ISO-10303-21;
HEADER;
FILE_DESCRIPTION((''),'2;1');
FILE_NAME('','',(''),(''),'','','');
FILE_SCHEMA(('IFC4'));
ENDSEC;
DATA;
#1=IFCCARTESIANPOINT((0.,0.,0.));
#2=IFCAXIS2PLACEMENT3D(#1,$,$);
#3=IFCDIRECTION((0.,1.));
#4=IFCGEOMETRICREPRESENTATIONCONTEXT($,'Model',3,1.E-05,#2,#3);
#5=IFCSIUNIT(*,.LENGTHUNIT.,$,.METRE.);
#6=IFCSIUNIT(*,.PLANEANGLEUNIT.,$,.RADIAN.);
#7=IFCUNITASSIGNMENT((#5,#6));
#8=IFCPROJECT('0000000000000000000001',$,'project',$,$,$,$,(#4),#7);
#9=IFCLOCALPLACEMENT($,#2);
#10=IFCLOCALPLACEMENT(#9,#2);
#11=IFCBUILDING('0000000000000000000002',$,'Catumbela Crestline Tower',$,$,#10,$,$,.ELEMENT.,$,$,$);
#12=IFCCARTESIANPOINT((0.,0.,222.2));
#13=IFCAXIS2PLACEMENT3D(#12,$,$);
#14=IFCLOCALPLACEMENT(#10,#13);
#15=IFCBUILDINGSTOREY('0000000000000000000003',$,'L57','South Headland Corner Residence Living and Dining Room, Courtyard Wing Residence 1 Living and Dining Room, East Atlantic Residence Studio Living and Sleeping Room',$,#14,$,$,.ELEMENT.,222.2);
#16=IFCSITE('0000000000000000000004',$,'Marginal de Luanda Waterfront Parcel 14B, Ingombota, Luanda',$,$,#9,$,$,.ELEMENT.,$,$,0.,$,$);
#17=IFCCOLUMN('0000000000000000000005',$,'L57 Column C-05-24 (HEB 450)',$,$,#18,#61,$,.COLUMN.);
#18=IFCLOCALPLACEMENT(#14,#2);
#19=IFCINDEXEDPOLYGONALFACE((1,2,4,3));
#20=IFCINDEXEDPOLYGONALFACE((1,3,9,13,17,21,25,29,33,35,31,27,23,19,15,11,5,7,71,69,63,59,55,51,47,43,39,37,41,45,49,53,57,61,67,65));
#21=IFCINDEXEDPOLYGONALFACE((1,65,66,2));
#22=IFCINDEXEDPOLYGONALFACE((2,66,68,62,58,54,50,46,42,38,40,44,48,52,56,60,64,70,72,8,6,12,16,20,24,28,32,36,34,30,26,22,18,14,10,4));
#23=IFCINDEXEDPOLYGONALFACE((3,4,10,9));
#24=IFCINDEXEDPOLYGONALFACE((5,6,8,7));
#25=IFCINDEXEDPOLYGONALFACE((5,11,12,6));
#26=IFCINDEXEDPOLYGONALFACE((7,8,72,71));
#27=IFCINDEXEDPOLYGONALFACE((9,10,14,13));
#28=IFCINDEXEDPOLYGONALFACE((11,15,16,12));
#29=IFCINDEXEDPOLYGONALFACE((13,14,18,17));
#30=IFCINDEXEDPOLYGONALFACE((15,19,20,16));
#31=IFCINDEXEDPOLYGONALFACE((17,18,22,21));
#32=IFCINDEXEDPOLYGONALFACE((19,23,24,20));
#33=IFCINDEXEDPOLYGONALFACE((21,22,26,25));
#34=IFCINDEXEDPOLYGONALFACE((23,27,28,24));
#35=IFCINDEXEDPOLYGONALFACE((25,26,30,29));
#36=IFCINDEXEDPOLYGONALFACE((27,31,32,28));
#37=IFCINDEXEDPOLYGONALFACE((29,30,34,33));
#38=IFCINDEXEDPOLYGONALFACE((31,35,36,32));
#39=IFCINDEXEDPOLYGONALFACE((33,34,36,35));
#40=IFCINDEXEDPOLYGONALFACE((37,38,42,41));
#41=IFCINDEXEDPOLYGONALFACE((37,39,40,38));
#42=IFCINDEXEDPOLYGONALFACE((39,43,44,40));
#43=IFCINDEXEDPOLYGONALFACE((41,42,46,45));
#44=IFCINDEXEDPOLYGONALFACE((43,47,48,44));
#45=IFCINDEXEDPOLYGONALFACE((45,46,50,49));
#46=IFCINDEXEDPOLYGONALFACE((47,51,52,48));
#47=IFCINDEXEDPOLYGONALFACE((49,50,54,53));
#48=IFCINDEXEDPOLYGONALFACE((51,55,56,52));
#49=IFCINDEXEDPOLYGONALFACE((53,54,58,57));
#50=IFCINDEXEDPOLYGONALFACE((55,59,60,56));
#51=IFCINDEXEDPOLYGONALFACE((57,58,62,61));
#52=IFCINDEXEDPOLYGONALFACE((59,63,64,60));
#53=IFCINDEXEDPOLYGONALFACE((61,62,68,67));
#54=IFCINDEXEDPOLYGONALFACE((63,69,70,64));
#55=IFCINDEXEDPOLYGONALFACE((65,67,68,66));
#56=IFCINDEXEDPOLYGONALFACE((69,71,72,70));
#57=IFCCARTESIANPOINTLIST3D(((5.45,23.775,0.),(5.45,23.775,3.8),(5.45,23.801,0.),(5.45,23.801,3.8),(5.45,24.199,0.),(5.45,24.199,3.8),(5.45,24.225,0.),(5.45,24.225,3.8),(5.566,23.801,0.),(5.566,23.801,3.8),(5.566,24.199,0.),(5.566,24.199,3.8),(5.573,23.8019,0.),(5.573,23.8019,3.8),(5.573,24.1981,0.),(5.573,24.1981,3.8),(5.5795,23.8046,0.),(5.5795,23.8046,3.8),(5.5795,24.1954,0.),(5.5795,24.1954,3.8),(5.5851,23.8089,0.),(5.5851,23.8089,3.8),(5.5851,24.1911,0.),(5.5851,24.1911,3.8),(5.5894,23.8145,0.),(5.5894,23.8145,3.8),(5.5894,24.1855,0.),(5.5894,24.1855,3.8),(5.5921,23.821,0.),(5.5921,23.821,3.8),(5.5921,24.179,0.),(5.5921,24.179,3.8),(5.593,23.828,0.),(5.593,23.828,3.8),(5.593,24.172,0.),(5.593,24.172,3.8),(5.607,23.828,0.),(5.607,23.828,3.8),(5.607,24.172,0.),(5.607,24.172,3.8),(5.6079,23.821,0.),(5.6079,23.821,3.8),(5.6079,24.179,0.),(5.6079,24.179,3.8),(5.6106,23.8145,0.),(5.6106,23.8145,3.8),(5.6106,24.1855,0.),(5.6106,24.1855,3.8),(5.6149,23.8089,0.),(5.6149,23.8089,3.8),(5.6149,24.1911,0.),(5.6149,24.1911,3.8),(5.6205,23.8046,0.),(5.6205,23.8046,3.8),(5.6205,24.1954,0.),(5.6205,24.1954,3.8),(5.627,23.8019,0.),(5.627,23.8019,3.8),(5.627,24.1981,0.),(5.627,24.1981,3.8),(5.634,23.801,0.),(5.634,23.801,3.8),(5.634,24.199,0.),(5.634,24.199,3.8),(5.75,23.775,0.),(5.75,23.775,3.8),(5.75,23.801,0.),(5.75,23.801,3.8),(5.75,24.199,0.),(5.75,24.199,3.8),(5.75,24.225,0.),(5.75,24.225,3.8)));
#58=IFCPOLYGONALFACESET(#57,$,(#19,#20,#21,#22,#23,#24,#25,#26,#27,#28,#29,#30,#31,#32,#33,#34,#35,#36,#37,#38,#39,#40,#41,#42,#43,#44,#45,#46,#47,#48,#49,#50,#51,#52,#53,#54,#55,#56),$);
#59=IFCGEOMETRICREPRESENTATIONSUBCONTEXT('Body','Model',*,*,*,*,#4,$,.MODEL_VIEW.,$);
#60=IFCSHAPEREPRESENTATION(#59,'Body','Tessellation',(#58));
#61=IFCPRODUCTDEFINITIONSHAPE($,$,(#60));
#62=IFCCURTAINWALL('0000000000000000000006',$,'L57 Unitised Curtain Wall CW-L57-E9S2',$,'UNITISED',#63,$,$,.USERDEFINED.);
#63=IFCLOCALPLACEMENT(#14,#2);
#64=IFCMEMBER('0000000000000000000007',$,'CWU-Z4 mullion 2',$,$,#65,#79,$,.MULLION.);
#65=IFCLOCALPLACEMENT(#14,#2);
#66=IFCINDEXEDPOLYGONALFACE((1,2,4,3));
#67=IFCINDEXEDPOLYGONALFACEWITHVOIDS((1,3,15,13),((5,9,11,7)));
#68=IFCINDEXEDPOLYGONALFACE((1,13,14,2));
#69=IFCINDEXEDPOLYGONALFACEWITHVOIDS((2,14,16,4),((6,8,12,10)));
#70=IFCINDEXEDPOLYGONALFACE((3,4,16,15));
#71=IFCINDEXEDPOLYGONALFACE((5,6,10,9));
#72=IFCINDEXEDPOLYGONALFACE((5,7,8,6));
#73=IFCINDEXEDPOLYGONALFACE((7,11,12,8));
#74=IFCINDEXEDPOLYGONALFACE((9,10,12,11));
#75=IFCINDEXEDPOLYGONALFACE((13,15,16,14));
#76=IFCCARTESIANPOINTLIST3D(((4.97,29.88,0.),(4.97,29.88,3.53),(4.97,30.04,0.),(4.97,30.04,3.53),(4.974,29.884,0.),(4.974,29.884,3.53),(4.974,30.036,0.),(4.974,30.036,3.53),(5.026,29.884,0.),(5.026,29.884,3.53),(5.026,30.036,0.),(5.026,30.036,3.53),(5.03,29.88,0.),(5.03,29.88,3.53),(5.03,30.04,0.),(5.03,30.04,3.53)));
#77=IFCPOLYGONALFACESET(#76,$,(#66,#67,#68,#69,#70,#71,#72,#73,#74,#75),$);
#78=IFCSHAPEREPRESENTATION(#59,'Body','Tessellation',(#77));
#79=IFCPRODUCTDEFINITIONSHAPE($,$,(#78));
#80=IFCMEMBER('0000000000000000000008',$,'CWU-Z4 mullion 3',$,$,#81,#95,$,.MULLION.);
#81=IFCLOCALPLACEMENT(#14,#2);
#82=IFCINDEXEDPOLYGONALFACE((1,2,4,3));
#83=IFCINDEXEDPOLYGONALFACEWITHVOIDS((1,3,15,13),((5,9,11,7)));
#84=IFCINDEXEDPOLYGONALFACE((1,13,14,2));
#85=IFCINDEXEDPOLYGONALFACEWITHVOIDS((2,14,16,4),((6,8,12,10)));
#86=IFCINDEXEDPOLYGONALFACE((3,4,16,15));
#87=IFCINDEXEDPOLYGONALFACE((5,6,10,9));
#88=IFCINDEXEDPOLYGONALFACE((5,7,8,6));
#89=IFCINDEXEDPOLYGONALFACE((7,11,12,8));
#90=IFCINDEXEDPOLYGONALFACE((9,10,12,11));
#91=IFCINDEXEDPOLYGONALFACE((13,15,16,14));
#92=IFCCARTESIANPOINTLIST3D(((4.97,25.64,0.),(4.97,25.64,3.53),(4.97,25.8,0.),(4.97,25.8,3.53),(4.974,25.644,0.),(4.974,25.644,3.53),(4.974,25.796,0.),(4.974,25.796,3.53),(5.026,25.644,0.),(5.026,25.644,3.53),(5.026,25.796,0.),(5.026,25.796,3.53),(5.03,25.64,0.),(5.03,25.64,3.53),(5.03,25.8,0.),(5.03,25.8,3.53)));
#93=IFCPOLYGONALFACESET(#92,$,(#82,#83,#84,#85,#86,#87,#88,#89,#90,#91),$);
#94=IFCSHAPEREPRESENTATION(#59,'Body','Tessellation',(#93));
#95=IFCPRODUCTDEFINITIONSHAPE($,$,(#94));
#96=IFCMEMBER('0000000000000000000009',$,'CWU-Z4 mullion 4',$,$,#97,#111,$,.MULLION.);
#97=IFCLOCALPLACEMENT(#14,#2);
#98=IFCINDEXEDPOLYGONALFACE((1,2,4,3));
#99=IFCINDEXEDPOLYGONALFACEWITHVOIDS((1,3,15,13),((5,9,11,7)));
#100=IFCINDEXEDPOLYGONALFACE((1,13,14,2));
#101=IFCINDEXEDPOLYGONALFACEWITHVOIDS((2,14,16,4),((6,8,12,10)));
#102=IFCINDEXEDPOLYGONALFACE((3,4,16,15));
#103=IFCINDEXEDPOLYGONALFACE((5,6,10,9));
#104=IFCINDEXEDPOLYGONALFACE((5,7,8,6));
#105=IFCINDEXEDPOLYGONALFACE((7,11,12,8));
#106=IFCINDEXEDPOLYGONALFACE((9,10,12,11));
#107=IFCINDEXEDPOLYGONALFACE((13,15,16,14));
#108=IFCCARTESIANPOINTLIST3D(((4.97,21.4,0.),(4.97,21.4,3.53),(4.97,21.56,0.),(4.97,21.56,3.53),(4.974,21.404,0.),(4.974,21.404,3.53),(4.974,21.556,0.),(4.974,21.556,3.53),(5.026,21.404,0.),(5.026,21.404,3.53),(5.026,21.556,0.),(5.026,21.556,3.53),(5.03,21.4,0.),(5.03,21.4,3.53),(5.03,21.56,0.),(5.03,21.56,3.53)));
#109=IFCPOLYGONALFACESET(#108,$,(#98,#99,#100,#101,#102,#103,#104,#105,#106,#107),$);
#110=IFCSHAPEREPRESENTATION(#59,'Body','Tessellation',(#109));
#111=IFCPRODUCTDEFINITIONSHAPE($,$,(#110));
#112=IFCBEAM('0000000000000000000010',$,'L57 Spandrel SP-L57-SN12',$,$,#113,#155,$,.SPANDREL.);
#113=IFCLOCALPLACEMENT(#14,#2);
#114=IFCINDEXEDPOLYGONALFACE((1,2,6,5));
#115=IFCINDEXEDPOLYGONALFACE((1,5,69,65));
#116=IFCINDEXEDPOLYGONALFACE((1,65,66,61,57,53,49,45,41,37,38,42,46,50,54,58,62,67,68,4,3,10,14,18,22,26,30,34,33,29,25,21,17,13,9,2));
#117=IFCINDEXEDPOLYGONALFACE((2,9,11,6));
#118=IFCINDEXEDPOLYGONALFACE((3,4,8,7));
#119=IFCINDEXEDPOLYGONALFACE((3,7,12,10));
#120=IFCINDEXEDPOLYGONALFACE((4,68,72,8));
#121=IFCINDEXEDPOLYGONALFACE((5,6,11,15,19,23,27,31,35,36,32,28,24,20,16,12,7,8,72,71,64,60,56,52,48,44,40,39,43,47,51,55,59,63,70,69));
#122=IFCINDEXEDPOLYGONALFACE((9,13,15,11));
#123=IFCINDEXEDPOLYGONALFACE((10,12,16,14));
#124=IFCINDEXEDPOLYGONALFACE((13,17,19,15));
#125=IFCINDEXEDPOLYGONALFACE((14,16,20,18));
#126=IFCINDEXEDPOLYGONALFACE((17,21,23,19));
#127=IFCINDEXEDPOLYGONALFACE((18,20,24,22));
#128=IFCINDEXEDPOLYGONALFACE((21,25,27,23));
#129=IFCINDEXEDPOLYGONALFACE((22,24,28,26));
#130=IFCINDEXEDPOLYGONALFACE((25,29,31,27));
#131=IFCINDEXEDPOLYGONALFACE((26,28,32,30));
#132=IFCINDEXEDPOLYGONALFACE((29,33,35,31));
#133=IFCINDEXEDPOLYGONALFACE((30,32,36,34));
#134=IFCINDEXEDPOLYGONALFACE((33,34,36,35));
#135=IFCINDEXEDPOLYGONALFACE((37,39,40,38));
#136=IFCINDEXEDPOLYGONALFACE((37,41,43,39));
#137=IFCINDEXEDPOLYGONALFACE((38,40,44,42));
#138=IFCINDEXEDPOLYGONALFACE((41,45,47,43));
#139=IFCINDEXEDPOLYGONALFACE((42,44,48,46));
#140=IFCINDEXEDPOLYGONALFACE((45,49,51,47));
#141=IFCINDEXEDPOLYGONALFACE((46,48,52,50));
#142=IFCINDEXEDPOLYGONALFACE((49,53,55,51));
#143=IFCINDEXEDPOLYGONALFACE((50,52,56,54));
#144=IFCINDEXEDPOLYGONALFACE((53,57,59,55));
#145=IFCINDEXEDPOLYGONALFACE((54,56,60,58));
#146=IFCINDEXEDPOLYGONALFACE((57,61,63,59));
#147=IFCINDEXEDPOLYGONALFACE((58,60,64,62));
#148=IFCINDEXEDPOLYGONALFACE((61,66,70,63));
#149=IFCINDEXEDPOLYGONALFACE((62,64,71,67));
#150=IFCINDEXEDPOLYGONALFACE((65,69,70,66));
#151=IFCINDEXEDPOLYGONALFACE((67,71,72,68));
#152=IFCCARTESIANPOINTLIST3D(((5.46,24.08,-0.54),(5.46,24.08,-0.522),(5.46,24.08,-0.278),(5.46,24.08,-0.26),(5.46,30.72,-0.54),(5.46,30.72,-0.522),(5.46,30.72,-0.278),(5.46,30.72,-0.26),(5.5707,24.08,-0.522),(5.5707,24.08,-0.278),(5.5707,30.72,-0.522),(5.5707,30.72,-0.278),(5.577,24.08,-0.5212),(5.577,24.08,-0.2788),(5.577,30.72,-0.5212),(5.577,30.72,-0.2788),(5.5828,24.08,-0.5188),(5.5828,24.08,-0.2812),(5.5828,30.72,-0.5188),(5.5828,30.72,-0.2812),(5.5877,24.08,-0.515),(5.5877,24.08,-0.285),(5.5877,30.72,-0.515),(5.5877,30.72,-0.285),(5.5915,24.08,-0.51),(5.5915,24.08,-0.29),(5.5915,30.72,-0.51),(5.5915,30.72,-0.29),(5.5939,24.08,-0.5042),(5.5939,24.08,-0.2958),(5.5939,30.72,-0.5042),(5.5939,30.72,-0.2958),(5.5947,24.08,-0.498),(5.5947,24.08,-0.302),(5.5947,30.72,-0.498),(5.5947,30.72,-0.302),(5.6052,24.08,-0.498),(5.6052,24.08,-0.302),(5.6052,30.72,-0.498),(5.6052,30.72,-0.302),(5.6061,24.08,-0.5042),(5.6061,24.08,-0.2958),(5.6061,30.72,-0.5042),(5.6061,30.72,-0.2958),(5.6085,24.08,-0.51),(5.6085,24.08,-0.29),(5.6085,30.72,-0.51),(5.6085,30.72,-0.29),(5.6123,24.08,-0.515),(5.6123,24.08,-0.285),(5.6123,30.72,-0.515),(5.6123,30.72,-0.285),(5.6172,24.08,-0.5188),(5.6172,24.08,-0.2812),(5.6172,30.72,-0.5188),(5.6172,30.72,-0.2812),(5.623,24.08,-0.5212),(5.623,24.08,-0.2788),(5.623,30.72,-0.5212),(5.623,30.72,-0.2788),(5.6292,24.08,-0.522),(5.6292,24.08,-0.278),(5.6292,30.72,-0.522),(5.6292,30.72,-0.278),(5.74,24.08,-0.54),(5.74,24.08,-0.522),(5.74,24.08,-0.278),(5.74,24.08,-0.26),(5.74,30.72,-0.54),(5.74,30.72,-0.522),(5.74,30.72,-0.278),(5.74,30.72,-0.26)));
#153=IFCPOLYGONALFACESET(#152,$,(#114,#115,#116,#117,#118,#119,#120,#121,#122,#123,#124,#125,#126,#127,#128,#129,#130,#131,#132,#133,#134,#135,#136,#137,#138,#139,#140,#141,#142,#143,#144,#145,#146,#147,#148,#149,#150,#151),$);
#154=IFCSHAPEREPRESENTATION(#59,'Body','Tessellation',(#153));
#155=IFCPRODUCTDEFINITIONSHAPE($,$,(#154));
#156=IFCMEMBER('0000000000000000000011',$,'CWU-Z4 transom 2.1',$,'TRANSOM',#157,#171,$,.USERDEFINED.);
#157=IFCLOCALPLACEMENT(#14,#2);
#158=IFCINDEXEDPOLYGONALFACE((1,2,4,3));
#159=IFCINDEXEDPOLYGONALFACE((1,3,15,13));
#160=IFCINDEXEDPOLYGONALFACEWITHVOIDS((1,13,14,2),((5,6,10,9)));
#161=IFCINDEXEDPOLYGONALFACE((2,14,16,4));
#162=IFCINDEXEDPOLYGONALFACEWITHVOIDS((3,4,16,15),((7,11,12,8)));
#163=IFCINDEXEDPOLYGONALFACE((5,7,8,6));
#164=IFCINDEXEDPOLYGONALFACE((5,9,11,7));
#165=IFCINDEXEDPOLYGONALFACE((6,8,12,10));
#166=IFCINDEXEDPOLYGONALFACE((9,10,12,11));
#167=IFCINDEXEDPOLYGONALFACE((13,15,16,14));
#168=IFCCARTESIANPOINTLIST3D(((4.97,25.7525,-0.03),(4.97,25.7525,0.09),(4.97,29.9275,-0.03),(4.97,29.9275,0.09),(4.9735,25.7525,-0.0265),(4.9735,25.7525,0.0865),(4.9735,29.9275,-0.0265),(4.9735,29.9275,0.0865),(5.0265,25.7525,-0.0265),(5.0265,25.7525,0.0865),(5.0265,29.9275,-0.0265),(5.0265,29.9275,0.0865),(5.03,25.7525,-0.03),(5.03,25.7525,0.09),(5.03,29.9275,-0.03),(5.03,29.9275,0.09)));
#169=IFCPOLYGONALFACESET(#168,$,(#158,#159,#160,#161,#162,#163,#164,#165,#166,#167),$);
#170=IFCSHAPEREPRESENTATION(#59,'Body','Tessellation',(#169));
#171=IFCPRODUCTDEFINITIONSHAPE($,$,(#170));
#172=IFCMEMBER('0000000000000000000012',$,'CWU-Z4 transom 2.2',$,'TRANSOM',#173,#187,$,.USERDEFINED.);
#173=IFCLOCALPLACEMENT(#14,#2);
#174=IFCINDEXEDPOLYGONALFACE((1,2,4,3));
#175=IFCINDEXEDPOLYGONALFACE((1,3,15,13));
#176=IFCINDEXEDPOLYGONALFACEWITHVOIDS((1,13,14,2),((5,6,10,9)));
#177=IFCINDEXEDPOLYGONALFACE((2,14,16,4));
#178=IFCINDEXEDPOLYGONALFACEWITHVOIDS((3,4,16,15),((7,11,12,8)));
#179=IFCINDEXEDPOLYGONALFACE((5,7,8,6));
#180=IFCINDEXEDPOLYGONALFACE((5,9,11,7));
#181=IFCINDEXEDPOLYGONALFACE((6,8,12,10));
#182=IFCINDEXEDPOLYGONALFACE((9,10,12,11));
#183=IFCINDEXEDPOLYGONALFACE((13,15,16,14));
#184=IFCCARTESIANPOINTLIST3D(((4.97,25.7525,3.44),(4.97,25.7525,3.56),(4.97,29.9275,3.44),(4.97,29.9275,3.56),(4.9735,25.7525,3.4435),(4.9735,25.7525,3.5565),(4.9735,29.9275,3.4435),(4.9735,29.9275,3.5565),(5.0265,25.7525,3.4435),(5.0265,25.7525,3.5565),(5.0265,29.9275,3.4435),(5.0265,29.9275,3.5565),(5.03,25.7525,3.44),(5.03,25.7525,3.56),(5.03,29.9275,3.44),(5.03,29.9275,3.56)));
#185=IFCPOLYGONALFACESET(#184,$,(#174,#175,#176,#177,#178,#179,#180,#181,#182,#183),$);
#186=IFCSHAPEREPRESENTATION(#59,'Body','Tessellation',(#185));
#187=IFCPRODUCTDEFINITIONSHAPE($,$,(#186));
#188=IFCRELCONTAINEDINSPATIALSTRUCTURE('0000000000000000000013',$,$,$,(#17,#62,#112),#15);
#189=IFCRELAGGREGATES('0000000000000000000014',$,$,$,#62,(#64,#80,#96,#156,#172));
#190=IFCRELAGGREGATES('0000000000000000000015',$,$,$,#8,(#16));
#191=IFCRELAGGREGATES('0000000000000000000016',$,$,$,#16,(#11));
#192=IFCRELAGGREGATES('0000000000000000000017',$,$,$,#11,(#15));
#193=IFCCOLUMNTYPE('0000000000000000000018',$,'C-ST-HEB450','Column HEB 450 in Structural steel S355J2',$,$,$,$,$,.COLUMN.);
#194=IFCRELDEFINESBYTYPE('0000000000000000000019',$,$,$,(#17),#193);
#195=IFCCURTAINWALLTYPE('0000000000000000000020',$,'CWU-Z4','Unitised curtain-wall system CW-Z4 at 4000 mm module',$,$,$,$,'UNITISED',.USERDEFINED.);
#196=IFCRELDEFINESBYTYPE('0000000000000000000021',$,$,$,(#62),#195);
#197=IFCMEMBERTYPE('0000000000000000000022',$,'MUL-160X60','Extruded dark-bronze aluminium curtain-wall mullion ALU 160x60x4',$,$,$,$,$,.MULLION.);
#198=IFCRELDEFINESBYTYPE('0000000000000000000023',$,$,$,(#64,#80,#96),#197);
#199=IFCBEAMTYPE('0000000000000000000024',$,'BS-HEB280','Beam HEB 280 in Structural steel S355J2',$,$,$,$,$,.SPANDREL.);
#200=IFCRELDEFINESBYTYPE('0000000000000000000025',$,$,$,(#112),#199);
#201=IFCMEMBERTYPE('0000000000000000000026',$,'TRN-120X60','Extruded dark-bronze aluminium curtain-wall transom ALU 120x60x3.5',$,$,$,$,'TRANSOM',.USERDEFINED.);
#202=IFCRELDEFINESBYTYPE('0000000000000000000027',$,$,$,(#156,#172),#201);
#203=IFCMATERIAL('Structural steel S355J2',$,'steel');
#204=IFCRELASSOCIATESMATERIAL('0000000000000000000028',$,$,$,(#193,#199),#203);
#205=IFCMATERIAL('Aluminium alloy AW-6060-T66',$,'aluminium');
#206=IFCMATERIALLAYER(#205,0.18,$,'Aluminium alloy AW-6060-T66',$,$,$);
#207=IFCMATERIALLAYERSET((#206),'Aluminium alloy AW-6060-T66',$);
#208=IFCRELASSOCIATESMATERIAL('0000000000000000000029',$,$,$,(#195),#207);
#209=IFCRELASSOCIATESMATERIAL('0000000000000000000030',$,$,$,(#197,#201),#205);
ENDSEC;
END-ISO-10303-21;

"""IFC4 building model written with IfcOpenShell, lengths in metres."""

from ifc_helpers import new_model, si_unit, direction, frame, origin, origin_2d, place, context, subcontext, project, spatial, hollow_rectangle, i_section, extrude, material, layer, layer_set, material_profile, profile_set, type_object, element, aggregate, save


model = new_model("IFC4")

# Units and contexts
model_context = context("Model", 3, precision=1e-05, world=origin(), true_north=direction((0.0, 1.0)))
body_context = subcontext(model_context, "Body", "Model", "MODEL_VIEW")
ifc_project = project(units=[si_unit("LENGTHUNIT", "METRE"), si_unit("PLANEANGLEUNIT", "RADIAN")], contexts=[model_context])

# Site, building, storey
site_placement = place(None, origin())
site = spatial("IfcSite", under=ifc_project, at=site_placement, Name="Marginal de Luanda Waterfront Parcel 14B, Ingombota, Luanda", CompositionType="ELEMENT", RefElevation=0.0)
building_placement = place(site_placement, origin())
building = spatial("IfcBuilding", under=site, at=building_placement, Name="Catumbela Crestline Tower", CompositionType="ELEMENT")
storey_placement = place(building_placement, frame((0.0, 0.0, 222.2)))
storey = spatial("IfcBuildingStorey", under=building, at=storey_placement, Name="L57", Description="South Headland Corner Residence Living and Dining Room, Courtyard Wing Residence 1 Living and Dining Room, East Atlantic Residence Studio Living and Sleeping Room", CompositionType="ELEMENT", Elevation=222.2)

# Column
ifc_material_1 = material(Name="Structural steel S355J2", Category="steel")
ifc_material_profile_1 = material_profile(ifc_material_1, i_section(OverallWidth=0.3, OverallDepth=0.45, WebThickness=0.014, FlangeThickness=0.026, FilletRadius=0.027, at=origin_2d()), Name="HEB 450")
ifc_profile_set_1 = profile_set([ifc_material_profile_1], Name="Structural steel S355J2")
column_type = type_object("IfcColumnType", Name="C-ST-HEB450", Description="Column HEB 450 in Structural steel S355J2", PredefinedType="COLUMN", material=ifc_profile_set_1)
column_placement = place(storey_placement, frame((5.6, 24.0, 0.0), z_axis=(0.0, 0.0, 1.0), x_axis=(1.0, 0.0, 0.0)))
element("IfcColumn", 1, at=column_placement, inside=storey, type_object=column_type, Name="L57 Column C-05-24 (HEB 450)", PredefinedType="COLUMN", context=body_context, shape_type="SweptSolid", body=[
    extrude(i_section(OverallWidth=0.3, OverallDepth=0.45, WebThickness=0.014, FlangeThickness=0.026, FilletRadius=0.027, at=origin_2d()), origin(), (0.0, 0.0, 1.0), 3.8),
])

# Curtain wall, members
ifc_material_2 = material(Name="Aluminium alloy AW-6060-T66", Category="aluminium")
ifc_layer_1 = layer(ifc_material_2, 0.18, Name="Aluminium alloy AW-6060-T66")
ifc_layer_set_1 = layer_set([ifc_layer_1], Name="Aluminium alloy AW-6060-T66")
curtain_wall_type = type_object("IfcCurtainWallType", Name="CWU-Z4", Description="Unitised curtain-wall system CW-Z4 at 4000 mm module", ElementType="UNITISED", PredefinedType="USERDEFINED", material=ifc_layer_set_1)
curtain_wall_placement = place(storey_placement, origin())
curtain_wall = element("IfcCurtainWall", 2, at=curtain_wall_placement, inside=storey, type_object=curtain_wall_type, Name="L57 Unitised Curtain Wall CW-L57-E9S2", ObjectType="UNITISED", PredefinedType="USERDEFINED")
ifc_material_profile_2 = material_profile(ifc_material_2, hollow_rectangle(XDim=0.06, YDim=0.16, WallThickness=0.004, at=origin_2d()), Name="ALU 160x60x4")
ifc_profile_set_2 = profile_set([ifc_material_profile_2], Name="Aluminium alloy AW-6060-T66")
member_type_1 = type_object("IfcMemberType", Name="MUL-160X60", Description="Extruded dark-bronze aluminium curtain-wall mullion ALU 160x60x4", PredefinedType="MULLION", material=ifc_profile_set_2)
member_1_placement = place(storey_placement, frame((5.0, 29.96, 0.0), z_axis=(0.0, 0.0, 1.0), x_axis=(1.0, 0.0, 0.0)))
member_1 = element("IfcMember", 3, at=member_1_placement, type_object=member_type_1, Name="CWU-Z4 mullion 2", PredefinedType="MULLION", context=body_context, shape_type="SweptSolid", body=[
    extrude(hollow_rectangle(XDim=0.06, YDim=0.16, WallThickness=0.004, at=origin_2d()), origin(), (0.0, 0.0, 1.0), 3.53),
])
member_2_placement = place(storey_placement, frame((5.0, 25.72, 0.0), z_axis=(0.0, 0.0, 1.0), x_axis=(1.0, 0.0, 0.0)))
member_2 = element("IfcMember", 4, at=member_2_placement, type_object=member_type_1, Name="CWU-Z4 mullion 3", PredefinedType="MULLION", context=body_context, shape_type="SweptSolid", body=[
    extrude(hollow_rectangle(XDim=0.06, YDim=0.16, WallThickness=0.004, at=origin_2d()), origin(), (0.0, 0.0, 1.0), 3.53),
])
member_3_placement = place(storey_placement, frame((5.0, 21.48, 0.0), z_axis=(0.0, 0.0, 1.0), x_axis=(1.0, 0.0, 0.0)))
member_3 = element("IfcMember", 5, at=member_3_placement, type_object=member_type_1, Name="CWU-Z4 mullion 4", PredefinedType="MULLION", context=body_context, shape_type="SweptSolid", body=[
    extrude(hollow_rectangle(XDim=0.06, YDim=0.16, WallThickness=0.004, at=origin_2d()), origin(), (0.0, 0.0, 1.0), 3.53),
])

# Beam
ifc_material_profile_3 = material_profile(ifc_material_1, i_section(OverallWidth=0.28, OverallDepth=0.28, WebThickness=0.0105, FlangeThickness=0.018, FilletRadius=0.024, at=origin_2d()), Name="HEB 280")
ifc_profile_set_3 = profile_set([ifc_material_profile_3], Name="Structural steel S355J2")
beam_type = type_object("IfcBeamType", Name="BS-HEB280", Description="Beam HEB 280 in Structural steel S355J2", PredefinedType="SPANDREL", material=ifc_profile_set_3)
beam_placement = place(storey_placement, frame((5.6, 24.08, -0.4), z_axis=(0.0, 1.0, 0.0), x_axis=(-1.0, 0.0, 0.0)))
element("IfcBeam", 6, at=beam_placement, inside=storey, type_object=beam_type, Name="L57 Spandrel SP-L57-SN12", PredefinedType="SPANDREL", context=body_context, shape_type="SweptSolid", body=[
    extrude(i_section(OverallWidth=0.28, OverallDepth=0.28, WebThickness=0.0105, FlangeThickness=0.018, FilletRadius=0.024, at=origin_2d()), origin(), (0.0, 0.0, 1.0), 6.64),
])

# Members
ifc_material_profile_4 = material_profile(ifc_material_2, hollow_rectangle(XDim=0.06, YDim=0.12, WallThickness=0.0035, at=origin_2d()), Name="ALU 120x60x3.5")
ifc_profile_set_4 = profile_set([ifc_material_profile_4], Name="Aluminium alloy AW-6060-T66")
member_type_2 = type_object("IfcMemberType", Name="TRN-120X60", Description="Extruded dark-bronze aluminium curtain-wall transom ALU 120x60x3.5", ElementType="TRANSOM", PredefinedType="USERDEFINED", material=ifc_profile_set_4)
member_4_placement = place(storey_placement, frame((5.0, 29.9275, 0.03), z_axis=(0.0, -1.0, 0.0), x_axis=(1.0, 0.0, 0.0)))
member_4 = element("IfcMember", 7, at=member_4_placement, type_object=member_type_2, Name="CWU-Z4 transom 2.1", ObjectType="TRANSOM", PredefinedType="USERDEFINED", context=body_context, shape_type="SweptSolid", body=[
    extrude(hollow_rectangle(XDim=0.06, YDim=0.12, WallThickness=0.0035, at=origin_2d()), origin(), (0.0, 0.0, 1.0), 4.175),
])
member_5_placement = place(storey_placement, frame((5.0, 29.9275, 3.5), z_axis=(0.0, -1.0, 0.0), x_axis=(1.0, 0.0, 0.0)))
member_5 = element("IfcMember", 8, at=member_5_placement, type_object=member_type_2, Name="CWU-Z4 transom 2.2", ObjectType="TRANSOM", PredefinedType="USERDEFINED", context=body_context, shape_type="SweptSolid", body=[
    extrude(hollow_rectangle(XDim=0.06, YDim=0.12, WallThickness=0.0035, at=origin_2d()), origin(), (0.0, 0.0, 1.0), 4.175),
])

aggregate(curtain_wall, [member_1, member_2, member_3, member_4, member_5])

save(model, "model.ifc")
